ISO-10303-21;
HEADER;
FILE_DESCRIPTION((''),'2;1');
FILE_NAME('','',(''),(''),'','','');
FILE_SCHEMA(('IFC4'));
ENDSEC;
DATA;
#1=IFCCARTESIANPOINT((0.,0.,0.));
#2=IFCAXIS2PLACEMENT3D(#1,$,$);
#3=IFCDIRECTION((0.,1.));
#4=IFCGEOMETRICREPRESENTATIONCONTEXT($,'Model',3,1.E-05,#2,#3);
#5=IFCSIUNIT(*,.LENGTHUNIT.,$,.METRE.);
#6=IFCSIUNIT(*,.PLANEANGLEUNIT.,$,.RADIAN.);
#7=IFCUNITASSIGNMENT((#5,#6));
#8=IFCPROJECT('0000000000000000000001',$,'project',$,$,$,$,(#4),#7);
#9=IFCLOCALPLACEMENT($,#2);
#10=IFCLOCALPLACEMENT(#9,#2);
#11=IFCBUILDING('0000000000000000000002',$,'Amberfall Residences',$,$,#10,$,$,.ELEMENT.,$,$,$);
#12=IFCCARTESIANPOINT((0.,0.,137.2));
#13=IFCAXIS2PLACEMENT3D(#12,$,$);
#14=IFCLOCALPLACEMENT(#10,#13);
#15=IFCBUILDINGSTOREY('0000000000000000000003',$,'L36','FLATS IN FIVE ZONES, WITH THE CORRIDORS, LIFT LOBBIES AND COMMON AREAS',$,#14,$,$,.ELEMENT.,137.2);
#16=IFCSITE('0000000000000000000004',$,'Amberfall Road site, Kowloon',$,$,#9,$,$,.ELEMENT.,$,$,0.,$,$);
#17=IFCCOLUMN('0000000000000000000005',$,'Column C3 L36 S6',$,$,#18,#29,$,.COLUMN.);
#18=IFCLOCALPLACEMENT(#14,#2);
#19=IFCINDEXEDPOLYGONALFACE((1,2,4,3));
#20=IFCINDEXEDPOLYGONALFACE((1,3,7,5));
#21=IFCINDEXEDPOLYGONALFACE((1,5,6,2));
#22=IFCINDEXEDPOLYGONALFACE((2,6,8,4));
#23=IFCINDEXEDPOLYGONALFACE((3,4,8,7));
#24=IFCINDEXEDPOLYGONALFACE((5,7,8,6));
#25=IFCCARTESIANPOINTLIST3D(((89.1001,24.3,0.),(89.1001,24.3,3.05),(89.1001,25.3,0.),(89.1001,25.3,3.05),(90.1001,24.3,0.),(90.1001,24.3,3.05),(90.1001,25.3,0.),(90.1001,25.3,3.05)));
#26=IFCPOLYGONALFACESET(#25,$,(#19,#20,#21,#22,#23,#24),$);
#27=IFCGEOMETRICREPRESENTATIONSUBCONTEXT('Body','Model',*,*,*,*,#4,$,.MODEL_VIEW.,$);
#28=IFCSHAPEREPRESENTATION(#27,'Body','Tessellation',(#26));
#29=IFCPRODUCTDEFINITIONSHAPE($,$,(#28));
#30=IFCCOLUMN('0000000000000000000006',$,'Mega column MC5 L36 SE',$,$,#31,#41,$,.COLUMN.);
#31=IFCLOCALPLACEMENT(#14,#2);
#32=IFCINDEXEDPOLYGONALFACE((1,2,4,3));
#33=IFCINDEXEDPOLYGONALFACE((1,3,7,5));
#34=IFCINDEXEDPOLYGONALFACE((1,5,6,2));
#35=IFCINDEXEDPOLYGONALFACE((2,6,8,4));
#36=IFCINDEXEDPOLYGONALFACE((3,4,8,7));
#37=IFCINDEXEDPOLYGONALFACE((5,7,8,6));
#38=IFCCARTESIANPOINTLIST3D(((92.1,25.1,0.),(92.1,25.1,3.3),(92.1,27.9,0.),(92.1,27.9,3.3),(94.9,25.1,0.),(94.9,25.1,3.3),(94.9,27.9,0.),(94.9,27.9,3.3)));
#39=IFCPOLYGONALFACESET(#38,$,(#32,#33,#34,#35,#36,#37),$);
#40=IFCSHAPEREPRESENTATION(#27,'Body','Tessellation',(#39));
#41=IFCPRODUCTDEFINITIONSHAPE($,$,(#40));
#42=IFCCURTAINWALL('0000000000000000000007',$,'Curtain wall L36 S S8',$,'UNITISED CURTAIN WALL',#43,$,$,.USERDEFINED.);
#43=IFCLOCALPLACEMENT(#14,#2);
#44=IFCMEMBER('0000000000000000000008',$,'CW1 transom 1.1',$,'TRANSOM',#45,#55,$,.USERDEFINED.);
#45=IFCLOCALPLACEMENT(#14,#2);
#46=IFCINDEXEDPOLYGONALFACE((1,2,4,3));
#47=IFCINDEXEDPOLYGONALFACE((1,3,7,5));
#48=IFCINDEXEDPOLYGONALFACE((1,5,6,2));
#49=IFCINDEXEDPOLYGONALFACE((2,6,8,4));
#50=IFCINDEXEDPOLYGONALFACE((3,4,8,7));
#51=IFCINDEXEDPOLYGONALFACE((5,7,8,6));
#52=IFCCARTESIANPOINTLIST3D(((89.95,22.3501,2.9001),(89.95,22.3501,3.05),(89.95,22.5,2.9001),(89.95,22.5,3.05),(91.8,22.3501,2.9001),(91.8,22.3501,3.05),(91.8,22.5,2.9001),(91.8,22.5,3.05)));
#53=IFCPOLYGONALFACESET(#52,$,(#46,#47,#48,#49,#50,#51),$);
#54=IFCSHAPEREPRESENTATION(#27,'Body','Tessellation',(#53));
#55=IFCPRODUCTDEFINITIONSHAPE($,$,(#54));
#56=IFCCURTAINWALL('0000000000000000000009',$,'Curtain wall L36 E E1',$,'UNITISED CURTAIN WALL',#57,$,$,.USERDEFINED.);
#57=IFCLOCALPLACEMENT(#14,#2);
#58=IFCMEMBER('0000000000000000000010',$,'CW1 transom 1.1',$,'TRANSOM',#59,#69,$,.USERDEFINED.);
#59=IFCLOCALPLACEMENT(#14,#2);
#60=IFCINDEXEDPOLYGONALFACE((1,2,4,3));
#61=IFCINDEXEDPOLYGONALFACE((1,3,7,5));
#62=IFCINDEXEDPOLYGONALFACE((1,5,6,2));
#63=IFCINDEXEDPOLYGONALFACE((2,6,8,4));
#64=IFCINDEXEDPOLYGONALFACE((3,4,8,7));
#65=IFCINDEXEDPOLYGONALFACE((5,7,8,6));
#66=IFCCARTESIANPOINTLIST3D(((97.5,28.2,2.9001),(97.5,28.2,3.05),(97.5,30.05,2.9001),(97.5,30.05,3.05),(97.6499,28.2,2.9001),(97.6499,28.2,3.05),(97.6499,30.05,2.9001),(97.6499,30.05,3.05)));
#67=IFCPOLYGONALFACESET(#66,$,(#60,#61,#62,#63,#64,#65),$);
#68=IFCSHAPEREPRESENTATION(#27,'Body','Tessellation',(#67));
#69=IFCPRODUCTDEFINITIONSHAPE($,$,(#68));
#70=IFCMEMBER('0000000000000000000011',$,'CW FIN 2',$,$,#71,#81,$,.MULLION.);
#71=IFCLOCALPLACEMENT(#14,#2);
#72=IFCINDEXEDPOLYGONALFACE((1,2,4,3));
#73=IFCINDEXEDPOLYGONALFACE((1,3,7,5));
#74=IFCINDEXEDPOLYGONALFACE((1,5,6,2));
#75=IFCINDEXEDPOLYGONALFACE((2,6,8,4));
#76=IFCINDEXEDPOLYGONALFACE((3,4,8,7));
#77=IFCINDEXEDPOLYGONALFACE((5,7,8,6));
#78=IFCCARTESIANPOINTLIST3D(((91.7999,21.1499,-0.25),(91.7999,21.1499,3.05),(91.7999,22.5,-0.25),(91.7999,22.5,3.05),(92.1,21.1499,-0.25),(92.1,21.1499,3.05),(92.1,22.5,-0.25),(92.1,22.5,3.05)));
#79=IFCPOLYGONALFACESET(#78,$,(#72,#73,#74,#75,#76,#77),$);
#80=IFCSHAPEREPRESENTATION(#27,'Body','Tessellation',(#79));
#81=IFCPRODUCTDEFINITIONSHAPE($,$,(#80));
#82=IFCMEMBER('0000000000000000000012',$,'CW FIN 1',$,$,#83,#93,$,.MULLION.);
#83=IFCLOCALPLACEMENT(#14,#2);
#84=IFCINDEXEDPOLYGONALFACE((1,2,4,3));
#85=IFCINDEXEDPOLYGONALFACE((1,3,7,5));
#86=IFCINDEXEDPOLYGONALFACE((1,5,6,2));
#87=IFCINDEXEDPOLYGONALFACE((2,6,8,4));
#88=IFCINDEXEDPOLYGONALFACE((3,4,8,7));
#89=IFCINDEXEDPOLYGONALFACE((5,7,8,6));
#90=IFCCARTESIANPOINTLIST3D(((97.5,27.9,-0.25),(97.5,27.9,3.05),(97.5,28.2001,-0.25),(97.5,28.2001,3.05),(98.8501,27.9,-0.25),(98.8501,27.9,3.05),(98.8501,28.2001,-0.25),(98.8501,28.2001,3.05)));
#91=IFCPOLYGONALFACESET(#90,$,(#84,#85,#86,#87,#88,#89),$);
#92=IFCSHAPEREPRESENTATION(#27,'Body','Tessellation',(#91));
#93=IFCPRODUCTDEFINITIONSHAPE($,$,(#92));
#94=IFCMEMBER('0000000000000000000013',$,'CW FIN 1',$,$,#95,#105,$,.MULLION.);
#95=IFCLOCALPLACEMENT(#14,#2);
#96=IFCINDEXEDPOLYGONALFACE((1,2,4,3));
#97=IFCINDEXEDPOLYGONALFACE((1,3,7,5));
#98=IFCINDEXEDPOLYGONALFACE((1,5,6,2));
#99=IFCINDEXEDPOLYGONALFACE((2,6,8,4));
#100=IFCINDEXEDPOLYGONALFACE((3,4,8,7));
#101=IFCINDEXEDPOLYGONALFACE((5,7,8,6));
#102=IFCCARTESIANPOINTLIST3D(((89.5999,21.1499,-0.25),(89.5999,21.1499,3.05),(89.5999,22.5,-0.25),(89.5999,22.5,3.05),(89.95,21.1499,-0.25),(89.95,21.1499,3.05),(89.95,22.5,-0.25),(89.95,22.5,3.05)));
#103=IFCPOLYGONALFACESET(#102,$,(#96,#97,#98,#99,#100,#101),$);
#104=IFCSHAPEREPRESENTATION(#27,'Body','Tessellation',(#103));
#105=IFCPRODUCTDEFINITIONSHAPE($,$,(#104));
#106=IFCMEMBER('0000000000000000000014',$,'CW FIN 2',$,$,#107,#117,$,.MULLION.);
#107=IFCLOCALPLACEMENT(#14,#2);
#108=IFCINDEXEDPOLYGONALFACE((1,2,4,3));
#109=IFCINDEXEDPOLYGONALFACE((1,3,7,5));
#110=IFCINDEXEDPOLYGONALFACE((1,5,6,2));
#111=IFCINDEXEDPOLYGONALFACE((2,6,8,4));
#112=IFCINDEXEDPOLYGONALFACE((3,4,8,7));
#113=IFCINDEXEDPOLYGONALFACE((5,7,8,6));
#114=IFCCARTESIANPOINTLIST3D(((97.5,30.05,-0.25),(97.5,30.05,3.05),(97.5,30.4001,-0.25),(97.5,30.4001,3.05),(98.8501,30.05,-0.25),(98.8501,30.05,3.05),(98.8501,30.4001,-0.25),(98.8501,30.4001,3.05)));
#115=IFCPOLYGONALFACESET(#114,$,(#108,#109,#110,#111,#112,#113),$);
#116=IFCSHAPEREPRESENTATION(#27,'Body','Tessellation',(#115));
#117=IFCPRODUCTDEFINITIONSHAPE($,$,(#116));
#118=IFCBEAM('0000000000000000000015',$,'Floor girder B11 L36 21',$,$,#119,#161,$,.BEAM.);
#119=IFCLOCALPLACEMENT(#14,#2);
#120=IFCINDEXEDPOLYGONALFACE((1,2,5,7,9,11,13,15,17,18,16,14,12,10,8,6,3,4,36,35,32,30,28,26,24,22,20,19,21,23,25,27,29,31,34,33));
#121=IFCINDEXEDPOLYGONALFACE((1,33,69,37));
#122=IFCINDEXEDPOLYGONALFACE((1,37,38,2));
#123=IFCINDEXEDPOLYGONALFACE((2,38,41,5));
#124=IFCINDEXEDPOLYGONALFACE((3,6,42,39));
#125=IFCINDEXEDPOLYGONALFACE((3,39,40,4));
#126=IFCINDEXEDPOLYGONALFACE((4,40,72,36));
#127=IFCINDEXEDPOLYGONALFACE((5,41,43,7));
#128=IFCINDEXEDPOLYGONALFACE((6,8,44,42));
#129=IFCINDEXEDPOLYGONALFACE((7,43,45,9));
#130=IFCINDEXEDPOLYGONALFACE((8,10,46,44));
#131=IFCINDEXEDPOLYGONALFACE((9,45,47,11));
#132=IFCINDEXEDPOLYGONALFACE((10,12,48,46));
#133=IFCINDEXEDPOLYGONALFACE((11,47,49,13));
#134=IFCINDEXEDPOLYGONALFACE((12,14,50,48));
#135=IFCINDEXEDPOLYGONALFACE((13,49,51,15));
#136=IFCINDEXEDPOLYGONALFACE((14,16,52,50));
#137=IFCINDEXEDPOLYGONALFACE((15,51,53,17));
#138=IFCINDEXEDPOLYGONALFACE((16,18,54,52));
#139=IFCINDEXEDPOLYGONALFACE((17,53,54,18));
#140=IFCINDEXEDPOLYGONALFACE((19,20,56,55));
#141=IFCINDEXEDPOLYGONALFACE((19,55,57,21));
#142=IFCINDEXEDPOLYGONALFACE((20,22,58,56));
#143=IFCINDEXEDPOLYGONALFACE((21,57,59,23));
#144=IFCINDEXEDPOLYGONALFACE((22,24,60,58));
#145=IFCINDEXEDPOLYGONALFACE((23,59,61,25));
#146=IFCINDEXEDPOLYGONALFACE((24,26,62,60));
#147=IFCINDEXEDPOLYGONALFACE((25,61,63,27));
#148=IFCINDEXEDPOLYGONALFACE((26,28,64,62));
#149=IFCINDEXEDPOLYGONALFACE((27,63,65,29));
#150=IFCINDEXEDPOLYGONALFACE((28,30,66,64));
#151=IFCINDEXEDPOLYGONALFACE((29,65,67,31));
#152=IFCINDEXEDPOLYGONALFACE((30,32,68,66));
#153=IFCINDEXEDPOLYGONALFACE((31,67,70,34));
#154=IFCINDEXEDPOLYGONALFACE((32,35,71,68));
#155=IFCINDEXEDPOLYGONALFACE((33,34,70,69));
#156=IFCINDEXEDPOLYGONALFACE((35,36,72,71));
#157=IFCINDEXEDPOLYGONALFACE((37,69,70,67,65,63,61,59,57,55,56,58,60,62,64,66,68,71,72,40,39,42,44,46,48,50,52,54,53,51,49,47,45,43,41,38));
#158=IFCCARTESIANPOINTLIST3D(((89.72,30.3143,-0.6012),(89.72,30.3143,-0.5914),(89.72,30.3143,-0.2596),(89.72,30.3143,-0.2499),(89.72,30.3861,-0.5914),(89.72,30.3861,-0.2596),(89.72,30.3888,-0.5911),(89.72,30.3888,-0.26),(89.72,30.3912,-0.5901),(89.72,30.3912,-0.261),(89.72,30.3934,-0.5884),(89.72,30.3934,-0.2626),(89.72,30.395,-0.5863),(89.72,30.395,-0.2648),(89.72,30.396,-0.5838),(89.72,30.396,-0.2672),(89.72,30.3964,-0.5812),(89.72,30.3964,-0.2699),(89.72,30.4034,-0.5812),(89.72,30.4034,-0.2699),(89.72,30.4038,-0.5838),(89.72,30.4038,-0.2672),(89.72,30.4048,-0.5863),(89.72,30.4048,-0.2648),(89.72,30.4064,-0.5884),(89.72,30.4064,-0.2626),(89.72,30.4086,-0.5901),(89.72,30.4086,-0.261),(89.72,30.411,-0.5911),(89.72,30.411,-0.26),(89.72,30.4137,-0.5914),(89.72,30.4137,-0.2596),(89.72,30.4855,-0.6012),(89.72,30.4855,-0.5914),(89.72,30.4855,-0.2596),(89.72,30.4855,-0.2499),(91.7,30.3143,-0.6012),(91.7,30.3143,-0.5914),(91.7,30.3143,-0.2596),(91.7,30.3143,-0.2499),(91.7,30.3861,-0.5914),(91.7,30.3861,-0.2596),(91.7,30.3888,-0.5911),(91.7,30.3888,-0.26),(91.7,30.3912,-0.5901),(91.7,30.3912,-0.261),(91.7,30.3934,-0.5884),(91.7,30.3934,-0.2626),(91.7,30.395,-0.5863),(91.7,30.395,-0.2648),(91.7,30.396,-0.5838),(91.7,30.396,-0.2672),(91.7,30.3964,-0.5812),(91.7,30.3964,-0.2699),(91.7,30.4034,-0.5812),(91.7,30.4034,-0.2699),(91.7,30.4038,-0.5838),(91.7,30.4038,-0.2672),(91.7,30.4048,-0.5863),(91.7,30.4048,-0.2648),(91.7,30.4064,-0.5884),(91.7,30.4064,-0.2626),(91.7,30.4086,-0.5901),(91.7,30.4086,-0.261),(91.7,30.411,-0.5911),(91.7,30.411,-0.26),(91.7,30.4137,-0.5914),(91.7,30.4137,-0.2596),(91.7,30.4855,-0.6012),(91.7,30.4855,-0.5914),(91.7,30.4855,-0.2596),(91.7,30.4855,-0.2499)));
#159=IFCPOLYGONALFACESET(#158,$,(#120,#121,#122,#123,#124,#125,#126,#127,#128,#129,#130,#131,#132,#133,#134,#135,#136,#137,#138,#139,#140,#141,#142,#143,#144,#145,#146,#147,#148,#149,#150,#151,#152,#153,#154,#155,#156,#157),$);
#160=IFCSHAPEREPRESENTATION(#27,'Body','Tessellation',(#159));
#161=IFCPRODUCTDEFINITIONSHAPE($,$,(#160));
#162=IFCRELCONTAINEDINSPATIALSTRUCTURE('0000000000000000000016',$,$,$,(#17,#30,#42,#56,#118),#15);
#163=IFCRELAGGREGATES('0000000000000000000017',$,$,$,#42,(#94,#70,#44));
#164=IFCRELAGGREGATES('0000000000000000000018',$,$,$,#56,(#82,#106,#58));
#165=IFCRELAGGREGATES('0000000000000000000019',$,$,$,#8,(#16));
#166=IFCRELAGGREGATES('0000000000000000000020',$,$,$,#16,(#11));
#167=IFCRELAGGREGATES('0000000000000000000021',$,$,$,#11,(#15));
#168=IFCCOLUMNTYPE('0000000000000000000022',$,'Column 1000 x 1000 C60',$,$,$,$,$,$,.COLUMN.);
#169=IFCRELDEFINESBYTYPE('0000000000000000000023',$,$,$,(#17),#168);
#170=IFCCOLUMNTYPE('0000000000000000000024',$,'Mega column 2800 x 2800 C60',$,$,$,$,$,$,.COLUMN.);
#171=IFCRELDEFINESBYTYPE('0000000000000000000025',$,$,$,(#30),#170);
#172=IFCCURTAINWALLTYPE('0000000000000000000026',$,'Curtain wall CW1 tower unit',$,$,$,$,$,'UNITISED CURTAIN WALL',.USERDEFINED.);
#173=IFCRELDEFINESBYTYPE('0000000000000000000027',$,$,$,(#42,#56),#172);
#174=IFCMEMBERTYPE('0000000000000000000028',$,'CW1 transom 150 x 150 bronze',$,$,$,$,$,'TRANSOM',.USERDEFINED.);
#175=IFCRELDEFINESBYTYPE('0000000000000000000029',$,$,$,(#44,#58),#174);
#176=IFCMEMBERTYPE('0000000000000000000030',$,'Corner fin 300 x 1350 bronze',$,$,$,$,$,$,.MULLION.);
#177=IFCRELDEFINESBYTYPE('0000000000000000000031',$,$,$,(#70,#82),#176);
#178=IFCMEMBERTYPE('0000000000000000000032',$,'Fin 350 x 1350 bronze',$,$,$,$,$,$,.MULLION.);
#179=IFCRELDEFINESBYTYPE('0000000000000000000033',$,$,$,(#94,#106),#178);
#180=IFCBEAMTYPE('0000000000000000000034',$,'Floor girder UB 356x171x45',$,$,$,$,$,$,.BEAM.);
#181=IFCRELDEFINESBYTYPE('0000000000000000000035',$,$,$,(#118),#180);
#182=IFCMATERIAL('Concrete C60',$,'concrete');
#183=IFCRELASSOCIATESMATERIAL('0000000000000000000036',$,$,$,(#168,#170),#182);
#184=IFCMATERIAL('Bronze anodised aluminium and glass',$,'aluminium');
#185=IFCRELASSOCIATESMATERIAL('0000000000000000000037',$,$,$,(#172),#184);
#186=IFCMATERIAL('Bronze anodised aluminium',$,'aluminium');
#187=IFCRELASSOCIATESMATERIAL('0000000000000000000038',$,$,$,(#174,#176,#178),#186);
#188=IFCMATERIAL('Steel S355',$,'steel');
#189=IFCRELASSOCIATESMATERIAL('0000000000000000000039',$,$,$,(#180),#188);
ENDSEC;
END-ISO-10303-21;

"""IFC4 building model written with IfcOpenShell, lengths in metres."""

from ifc_helpers import new_model, si_unit, direction, frame, origin, origin_2d, place, context, subcontext, project, spatial, rectangle, i_section, extrude, material, material_profile, profile_set, type_object, element, aggregate, save


model = new_model("IFC4")

# Units and contexts
model_context = context("Model", 3, precision=1e-05, world=origin(), true_north=direction((0.0, 1.0)))
body_context = subcontext(model_context, "Body", "Model", "MODEL_VIEW")
ifc_project = project(units=[si_unit("LENGTHUNIT", "METRE"), si_unit("PLANEANGLEUNIT", "RADIAN")], contexts=[model_context])

# Site, building, storey
site_placement = place(None, origin())
site = spatial("IfcSite", under=ifc_project, at=site_placement, Name="Amberfall Road site, Kowloon", CompositionType="ELEMENT", RefElevation=0.0)
building_placement = place(site_placement, origin())
building = spatial("IfcBuilding", under=site, at=building_placement, Name="Amberfall Residences", CompositionType="ELEMENT")
storey_placement = place(building_placement, frame((0.0, 0.0, 137.2)))
storey = spatial("IfcBuildingStorey", under=building, at=storey_placement, Name="L36", Description="FLATS IN FIVE ZONES, WITH THE CORRIDORS, LIFT LOBBIES AND COMMON AREAS", CompositionType="ELEMENT", Elevation=137.2)

# Columns
ifc_material_1 = material(Name="Concrete C60", Category="concrete")
ifc_material_profile_1 = material_profile(ifc_material_1, rectangle(XDim=1.0, YDim=1.0, at=origin_2d()), Name="Column 1000 x 1000 C60")
ifc_profile_set_1 = profile_set([ifc_material_profile_1], Name="Concrete C60")
column_type_1 = type_object("IfcColumnType", Name="Column 1000 x 1000 C60", PredefinedType="COLUMN", material=ifc_profile_set_1)
column_1_placement = place(storey_placement, frame((89.6001, 24.8, 0.0), z_axis=(0.0, 0.0, 1.0), x_axis=(1.0, 0.0, 0.0)))
element("IfcColumn", 1, at=column_1_placement, inside=storey, type_object=column_type_1, Name="Column C3 L36 S6", PredefinedType="COLUMN", context=body_context, shape_type="SweptSolid", body=[
    extrude(rectangle(XDim=1.0, YDim=1.0, at=origin_2d()), origin(), (0.0, 0.0, 1.0), 3.05),
])
ifc_material_profile_2 = material_profile(ifc_material_1, rectangle(XDim=2.8, YDim=2.8, at=origin_2d()), Name="Mega column 2800 x 2800 C60")
ifc_profile_set_2 = profile_set([ifc_material_profile_2], Name="Concrete C60")
column_type_2 = type_object("IfcColumnType", Name="Mega column 2800 x 2800 C60", PredefinedType="COLUMN", material=ifc_profile_set_2)
column_2_placement = place(storey_placement, frame((93.5, 26.5, 0.0), z_axis=(0.0, 0.0, 1.0), x_axis=(1.0, 0.0, 0.0)))
element("IfcColumn", 2, at=column_2_placement, inside=storey, type_object=column_type_2, Name="Mega column MC5 L36 SE", PredefinedType="COLUMN", context=body_context, shape_type="SweptSolid", body=[
    extrude(rectangle(XDim=2.8, YDim=2.8, at=origin_2d()), origin(), (0.0, 0.0, 1.0), 3.3),
])

# Curtain walls, members
ifc_material_2 = material(Name="Bronze anodised aluminium and glass", Category="aluminium")
curtain_wall_type = type_object("IfcCurtainWallType", Name="Curtain wall CW1 tower unit", ElementType="UNITISED CURTAIN WALL", PredefinedType="USERDEFINED", material=ifc_material_2)
curtain_wall_1_placement = place(storey_placement, origin())
curtain_wall_1 = element("IfcCurtainWall", 3, at=curtain_wall_1_placement, inside=storey, type_object=curtain_wall_type, Name="Curtain wall L36 S S8", ObjectType="UNITISED CURTAIN WALL", PredefinedType="USERDEFINED")
ifc_material_3 = material(Name="Bronze anodised aluminium", Category="aluminium")
ifc_material_profile_3 = material_profile(ifc_material_3, rectangle(XDim=0.1499, YDim=0.1499, at=origin_2d()), Name="CW1 transom 150 x 150 bronze")
ifc_profile_set_3 = profile_set([ifc_material_profile_3], Name="Bronze anodised aluminium")
member_type_1 = type_object("IfcMemberType", Name="CW1 transom 150 x 150 bronze", ElementType="TRANSOM", PredefinedType="USERDEFINED", material=ifc_profile_set_3)
member_1_placement = place(storey_placement, frame((89.95, 22.425, 2.9751), z_axis=(1.0, 0.0, 0.0), x_axis=(0.0, 1.0, 0.0)))
member_1 = element("IfcMember", 4, at=member_1_placement, type_object=member_type_1, Name="CW1 transom 1.1", ObjectType="TRANSOM", PredefinedType="USERDEFINED", context=body_context, shape_type="SweptSolid", body=[
    extrude(rectangle(XDim=0.1499, YDim=0.1499, at=origin_2d()), origin(), (0.0, 0.0, 1.0), 1.8501),
])
curtain_wall_2_placement = place(storey_placement, origin())
curtain_wall_2 = element("IfcCurtainWall", 5, at=curtain_wall_2_placement, inside=storey, type_object=curtain_wall_type, Name="Curtain wall L36 E E1", ObjectType="UNITISED CURTAIN WALL", PredefinedType="USERDEFINED")
member_2_placement = place(storey_placement, frame((97.575, 28.2, 2.9751), z_axis=(0.0, 1.0, 0.0), x_axis=(-1.0, 0.0, 0.0)))
member_2 = element("IfcMember", 6, at=member_2_placement, type_object=member_type_1, Name="CW1 transom 1.1", ObjectType="TRANSOM", PredefinedType="USERDEFINED", context=body_context, shape_type="SweptSolid", body=[
    extrude(rectangle(XDim=0.1499, YDim=0.1499, at=origin_2d()), origin(), (0.0, 0.0, 1.0), 1.8501),
])

# Members
ifc_material_profile_4 = material_profile(ifc_material_3, rectangle(XDim=1.3501, YDim=0.3, at=origin_2d()), Name="Corner fin 300 x 1350 bronze")
ifc_profile_set_4 = profile_set([ifc_material_profile_4], Name="Bronze anodised aluminium")
member_type_2 = type_object("IfcMemberType", Name="Corner fin 300 x 1350 bronze", PredefinedType="MULLION", material=ifc_profile_set_4)
member_3_placement = place(storey_placement, frame((91.95, 21.825, -0.25), z_axis=(0.0, 0.0, 1.0), x_axis=(0.0, 1.0, 0.0)))
member_3 = element("IfcMember", 7, at=member_3_placement, type_object=member_type_2, Name="CW FIN 2", PredefinedType="MULLION", context=body_context, shape_type="SweptSolid", body=[
    extrude(rectangle(XDim=1.3501, YDim=0.3, at=origin_2d()), origin(), (0.0, 0.0, 1.0), 3.3),
])
member_4_placement = place(storey_placement, frame((98.175, 28.05, -0.25), z_axis=(0.0, 0.0, 1.0), x_axis=(-1.0, 0.0, 0.0)))
member_4 = element("IfcMember", 8, at=member_4_placement, type_object=member_type_2, Name="CW FIN 1", PredefinedType="MULLION", context=body_context, shape_type="SweptSolid", body=[
    extrude(rectangle(XDim=1.3501, YDim=0.3, at=origin_2d()), origin(), (0.0, 0.0, 1.0), 3.3),
])
ifc_material_profile_5 = material_profile(ifc_material_3, rectangle(XDim=1.3501, YDim=0.3501, at=origin_2d()), Name="Fin 350 x 1350 bronze")
ifc_profile_set_5 = profile_set([ifc_material_profile_5], Name="Bronze anodised aluminium")
member_type_3 = type_object("IfcMemberType", Name="Fin 350 x 1350 bronze", PredefinedType="MULLION", material=ifc_profile_set_5)
member_5_placement = place(storey_placement, frame((89.7749, 21.825, -0.25), z_axis=(0.0, 0.0, 1.0), x_axis=(0.0, 1.0, 0.0)))
member_5 = element("IfcMember", 9, at=member_5_placement, type_object=member_type_3, Name="CW FIN 1", PredefinedType="MULLION", context=body_context, shape_type="SweptSolid", body=[
    extrude(rectangle(XDim=1.3501, YDim=0.3501, at=origin_2d()), origin(), (0.0, 0.0, 1.0), 3.3),
])
member_6_placement = place(storey_placement, frame((98.175, 30.2251, -0.25), z_axis=(0.0, 0.0, 1.0), x_axis=(-1.0, 0.0, 0.0)))
member_6 = element("IfcMember", 10, at=member_6_placement, type_object=member_type_3, Name="CW FIN 2", PredefinedType="MULLION", context=body_context, shape_type="SweptSolid", body=[
    extrude(rectangle(XDim=1.3501, YDim=0.3501, at=origin_2d()), origin(), (0.0, 0.0, 1.0), 3.3),
])

# Beam
ifc_material_4 = material(Name="Steel S355", Category="steel")
ifc_material_profile_6 = material_profile(ifc_material_4, i_section(OverallWidth=0.1711, OverallDepth=0.3513, WebThickness=0.0071, FlangeThickness=0.0098, FilletRadius=0.0103, at=origin_2d()), Name="UB 356x171x45")
ifc_profile_set_6 = profile_set([ifc_material_profile_6], Name="Steel S355")
beam_type_1 = type_object("IfcBeamType", Name="Floor girder UB 356x171x45", PredefinedType="BEAM", material=ifc_profile_set_6)
beam_1_placement = place(storey_placement, frame((91.7, 30.3999, -0.4255), z_axis=(-1.0, 0.0, 0.0), x_axis=(0.0, -1.0, 0.0)))
element("IfcBeam", 11, at=beam_1_placement, inside=storey, type_object=beam_type_1, Name="Floor girder B11 L36 21", PredefinedType="BEAM", context=body_context, shape_type="SweptSolid", body=[
    extrude(i_section(OverallWidth=0.1711, OverallDepth=0.3513, WebThickness=0.0071, FlangeThickness=0.0098, FilletRadius=0.0103, at=origin_2d()), origin(), (0.0, 0.0, 1.0), 1.98),
])

aggregate(curtain_wall_1, [member_5, member_3, member_1])
aggregate(curtain_wall_2, [member_4, member_6, member_2])

save(model, "model.ifc")
